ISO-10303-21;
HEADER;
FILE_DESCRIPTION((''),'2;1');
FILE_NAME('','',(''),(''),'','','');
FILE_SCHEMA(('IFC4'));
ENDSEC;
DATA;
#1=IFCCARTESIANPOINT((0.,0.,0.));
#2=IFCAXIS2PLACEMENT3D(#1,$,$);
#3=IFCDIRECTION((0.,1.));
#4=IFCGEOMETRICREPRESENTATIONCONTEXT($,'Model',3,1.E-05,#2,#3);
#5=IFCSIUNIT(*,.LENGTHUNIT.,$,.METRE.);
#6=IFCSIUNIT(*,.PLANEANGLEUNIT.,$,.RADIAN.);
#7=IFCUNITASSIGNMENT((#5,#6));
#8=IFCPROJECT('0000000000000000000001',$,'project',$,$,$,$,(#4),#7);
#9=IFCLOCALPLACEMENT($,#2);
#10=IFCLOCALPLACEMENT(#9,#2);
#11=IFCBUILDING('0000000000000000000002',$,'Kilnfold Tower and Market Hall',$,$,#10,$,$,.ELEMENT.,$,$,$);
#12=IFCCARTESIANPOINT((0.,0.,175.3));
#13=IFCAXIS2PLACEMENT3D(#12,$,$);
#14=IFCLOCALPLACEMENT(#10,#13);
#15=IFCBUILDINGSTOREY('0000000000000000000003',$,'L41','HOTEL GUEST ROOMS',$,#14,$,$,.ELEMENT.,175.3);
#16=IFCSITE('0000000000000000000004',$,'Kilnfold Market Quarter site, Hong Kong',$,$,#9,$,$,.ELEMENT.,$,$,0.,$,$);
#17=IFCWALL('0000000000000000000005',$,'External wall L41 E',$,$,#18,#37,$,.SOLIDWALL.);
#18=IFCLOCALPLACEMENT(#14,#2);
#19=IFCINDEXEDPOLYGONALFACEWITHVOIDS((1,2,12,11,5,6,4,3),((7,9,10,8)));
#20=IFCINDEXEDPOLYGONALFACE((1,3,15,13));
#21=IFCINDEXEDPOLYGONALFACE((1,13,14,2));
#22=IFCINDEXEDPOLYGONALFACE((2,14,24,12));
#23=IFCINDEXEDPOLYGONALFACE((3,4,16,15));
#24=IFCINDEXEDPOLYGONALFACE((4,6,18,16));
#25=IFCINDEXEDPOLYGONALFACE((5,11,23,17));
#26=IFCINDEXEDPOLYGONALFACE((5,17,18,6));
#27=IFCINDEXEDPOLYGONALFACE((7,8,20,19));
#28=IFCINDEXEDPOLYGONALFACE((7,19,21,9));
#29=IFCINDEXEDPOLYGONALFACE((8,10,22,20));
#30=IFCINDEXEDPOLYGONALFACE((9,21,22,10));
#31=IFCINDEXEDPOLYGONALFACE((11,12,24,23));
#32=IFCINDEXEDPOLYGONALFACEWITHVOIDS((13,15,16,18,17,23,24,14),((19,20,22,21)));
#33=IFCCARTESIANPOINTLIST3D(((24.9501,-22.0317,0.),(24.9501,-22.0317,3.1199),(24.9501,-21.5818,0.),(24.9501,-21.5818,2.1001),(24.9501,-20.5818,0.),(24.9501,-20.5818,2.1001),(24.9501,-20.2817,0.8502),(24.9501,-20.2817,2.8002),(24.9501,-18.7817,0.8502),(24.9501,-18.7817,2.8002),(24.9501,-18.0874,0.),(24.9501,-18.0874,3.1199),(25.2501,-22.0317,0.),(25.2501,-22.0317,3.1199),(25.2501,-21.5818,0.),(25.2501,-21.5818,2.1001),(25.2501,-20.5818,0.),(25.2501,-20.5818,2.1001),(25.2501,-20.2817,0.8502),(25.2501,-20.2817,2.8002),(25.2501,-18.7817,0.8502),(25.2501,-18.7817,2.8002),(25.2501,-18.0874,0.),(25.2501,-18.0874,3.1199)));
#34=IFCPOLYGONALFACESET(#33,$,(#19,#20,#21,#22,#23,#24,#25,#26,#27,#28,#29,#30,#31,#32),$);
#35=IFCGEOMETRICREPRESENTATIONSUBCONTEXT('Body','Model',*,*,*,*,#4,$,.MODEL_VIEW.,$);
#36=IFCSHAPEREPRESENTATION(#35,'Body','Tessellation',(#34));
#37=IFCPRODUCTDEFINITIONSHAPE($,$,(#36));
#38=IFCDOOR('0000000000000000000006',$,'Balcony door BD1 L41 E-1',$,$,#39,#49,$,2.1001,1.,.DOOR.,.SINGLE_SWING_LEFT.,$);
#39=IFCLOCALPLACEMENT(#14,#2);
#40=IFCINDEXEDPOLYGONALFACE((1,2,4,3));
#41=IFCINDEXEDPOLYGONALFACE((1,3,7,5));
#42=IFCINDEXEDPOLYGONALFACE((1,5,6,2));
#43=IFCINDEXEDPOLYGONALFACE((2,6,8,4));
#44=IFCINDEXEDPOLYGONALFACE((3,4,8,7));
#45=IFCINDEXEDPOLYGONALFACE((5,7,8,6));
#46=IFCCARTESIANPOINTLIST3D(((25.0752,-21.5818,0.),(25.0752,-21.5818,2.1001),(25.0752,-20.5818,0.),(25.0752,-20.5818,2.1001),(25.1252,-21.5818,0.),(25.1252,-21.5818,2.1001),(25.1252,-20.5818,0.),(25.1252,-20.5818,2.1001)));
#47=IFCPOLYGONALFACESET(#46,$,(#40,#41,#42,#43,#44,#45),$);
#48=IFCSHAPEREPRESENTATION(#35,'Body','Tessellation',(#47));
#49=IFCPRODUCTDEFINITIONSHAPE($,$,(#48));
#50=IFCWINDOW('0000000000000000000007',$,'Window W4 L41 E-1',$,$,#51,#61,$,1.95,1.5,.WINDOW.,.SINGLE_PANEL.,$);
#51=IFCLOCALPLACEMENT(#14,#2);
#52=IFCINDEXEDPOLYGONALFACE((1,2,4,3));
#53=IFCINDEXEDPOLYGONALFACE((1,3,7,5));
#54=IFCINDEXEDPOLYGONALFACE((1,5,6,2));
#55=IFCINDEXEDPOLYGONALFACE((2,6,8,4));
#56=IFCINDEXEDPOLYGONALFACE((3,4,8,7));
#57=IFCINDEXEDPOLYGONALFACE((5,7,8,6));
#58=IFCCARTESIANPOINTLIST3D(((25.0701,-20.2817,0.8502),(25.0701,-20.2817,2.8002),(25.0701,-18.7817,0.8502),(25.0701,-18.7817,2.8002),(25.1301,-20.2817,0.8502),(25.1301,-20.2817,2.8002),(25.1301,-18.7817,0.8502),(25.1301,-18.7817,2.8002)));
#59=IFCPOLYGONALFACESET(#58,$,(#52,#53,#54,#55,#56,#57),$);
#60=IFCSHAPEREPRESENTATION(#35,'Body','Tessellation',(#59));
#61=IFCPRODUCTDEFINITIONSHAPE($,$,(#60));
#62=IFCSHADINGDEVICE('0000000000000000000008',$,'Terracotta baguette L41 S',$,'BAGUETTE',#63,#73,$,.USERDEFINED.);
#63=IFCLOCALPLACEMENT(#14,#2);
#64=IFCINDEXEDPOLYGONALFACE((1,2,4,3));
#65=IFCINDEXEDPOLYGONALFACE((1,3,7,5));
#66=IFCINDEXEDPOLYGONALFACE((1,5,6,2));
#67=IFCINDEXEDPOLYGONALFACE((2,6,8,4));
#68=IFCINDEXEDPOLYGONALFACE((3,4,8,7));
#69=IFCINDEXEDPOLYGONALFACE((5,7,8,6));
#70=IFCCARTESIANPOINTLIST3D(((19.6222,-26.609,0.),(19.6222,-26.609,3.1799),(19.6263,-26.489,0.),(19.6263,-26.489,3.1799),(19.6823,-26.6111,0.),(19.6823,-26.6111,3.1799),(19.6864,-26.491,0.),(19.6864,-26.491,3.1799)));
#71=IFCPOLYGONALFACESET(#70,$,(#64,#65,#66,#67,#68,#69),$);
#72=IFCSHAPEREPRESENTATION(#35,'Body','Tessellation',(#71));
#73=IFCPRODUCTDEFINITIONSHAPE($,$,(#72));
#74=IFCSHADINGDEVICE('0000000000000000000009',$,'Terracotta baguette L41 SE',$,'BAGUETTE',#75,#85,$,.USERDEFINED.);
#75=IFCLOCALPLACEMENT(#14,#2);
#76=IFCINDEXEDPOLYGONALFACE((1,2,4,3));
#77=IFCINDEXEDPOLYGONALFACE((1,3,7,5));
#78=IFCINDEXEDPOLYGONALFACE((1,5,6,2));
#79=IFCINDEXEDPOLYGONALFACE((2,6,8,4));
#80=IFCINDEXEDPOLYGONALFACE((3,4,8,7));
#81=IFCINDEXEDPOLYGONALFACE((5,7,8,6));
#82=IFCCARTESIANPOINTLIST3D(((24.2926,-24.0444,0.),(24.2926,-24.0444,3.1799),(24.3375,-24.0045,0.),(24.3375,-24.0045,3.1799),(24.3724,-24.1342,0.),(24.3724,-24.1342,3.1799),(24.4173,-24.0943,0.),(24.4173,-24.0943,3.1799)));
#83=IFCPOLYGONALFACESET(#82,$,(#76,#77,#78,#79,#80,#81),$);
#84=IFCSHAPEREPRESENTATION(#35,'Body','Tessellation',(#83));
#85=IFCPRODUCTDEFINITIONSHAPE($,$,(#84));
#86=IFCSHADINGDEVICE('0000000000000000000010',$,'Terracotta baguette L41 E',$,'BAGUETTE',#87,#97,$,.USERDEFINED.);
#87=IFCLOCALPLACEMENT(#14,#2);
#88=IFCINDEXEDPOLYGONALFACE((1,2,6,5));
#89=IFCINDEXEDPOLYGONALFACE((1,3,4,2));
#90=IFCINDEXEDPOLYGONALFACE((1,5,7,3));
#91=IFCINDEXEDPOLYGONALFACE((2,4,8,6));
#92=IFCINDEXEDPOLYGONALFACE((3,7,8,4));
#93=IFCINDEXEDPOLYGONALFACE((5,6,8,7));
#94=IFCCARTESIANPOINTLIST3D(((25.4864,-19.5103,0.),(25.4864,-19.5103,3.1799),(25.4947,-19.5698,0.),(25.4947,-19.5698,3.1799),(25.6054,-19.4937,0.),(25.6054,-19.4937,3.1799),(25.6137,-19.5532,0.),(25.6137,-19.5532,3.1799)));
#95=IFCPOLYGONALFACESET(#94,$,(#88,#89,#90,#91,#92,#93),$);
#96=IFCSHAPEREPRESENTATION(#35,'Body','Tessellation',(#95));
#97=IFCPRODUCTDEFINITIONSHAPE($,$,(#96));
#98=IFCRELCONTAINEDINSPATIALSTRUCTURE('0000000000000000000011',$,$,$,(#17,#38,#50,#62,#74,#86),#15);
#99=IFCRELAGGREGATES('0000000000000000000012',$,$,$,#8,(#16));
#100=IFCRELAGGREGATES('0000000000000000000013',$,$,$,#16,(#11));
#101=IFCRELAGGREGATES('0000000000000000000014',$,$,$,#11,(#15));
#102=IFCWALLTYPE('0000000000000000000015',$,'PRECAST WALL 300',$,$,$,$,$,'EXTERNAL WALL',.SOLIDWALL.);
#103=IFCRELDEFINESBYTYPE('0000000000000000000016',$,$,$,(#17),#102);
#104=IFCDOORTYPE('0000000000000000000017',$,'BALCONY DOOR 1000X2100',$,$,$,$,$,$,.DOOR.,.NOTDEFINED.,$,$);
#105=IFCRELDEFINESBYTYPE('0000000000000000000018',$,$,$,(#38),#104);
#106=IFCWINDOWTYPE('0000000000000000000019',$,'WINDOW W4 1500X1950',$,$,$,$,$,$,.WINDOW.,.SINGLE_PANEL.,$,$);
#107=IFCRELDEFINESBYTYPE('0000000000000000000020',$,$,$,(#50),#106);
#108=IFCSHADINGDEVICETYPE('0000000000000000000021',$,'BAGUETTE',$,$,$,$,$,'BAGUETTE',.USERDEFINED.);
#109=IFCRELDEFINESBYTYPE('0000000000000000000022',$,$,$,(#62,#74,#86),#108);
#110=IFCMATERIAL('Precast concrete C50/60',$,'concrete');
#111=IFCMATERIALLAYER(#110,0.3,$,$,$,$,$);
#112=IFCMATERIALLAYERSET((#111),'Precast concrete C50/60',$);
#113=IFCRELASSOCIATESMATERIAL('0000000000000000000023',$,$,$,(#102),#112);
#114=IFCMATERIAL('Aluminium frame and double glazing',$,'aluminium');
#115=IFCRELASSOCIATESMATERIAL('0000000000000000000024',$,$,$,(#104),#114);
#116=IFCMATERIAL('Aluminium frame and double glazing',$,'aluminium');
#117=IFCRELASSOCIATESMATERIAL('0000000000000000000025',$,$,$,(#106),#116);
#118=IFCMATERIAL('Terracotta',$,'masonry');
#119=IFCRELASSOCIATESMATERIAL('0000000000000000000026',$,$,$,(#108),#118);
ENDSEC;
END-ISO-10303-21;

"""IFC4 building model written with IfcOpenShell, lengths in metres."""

from ifc_helpers import new_model, si_unit, direction, frame, frame_2d, origin, origin_2d, place, context, subcontext, project, spatial, rectangle, extrude, source, transform, mapped, material, layer, layer_set, material_profile, profile_set, type_object, element, fill, save


model = new_model("IFC4")

# Units and contexts
model_context = context("Model", 3, precision=1e-05, world=origin(), true_north=direction((0.0, 1.0)))
body_context = subcontext(model_context, "Body", "Model", "MODEL_VIEW")
ifc_project = project(units=[si_unit("LENGTHUNIT", "METRE"), si_unit("PLANEANGLEUNIT", "RADIAN")], contexts=[model_context])

# Site, building, storey
site_placement = place(None, origin())
site = spatial("IfcSite", under=ifc_project, at=site_placement, Name="Kilnfold Market Quarter site, Hong Kong", CompositionType="ELEMENT", RefElevation=0.0)
building_placement = place(site_placement, origin())
building = spatial("IfcBuilding", under=site, at=building_placement, Name="Kilnfold Tower and Market Hall", CompositionType="ELEMENT")
storey_placement = place(building_placement, frame((0.0, 0.0, 175.3)))
storey = spatial("IfcBuildingStorey", under=building, at=storey_placement, Name="L41", Description="HOTEL GUEST ROOMS", CompositionType="ELEMENT", Elevation=175.3)

# Wall, openings, door, window
ifc_material_1 = material(Name="Precast concrete C50/60", Category="concrete")
ifc_layer_1 = layer(ifc_material_1, 0.3)
ifc_layer_set_1 = layer_set([ifc_layer_1], Name="Precast concrete C50/60")
wall_type_1 = type_object("IfcWallType", Name="PRECAST WALL 300", ElementType="EXTERNAL WALL", PredefinedType="SOLIDWALL", material=ifc_layer_set_1)
ifc_material_2 = material(Name="Aluminium frame and double glazing", Category="aluminium")
door_type_1 = type_object("IfcDoorType", Name="BALCONY DOOR 1000X2100", OperationType="NOTDEFINED", PredefinedType="DOOR", material=ifc_material_2)
ifc_material_3 = material(Name="Aluminium frame and double glazing", Category="aluminium")
window_type = type_object("IfcWindowType", Name="WINDOW W4 1500X1950", PartitioningType="SINGLE_PANEL", PredefinedType="WINDOW", material=ifc_material_3)
shared_shape_1 = source(origin(), body_context, "Body", "SweptSolid", [
    extrude(rectangle(XDim=3.9443, YDim=0.3, at=frame_2d((1.9722, 0.0))), origin(), (0.0, 0.0, 1.0), 3.1199),
])
wall_1_placement = place(storey_placement, frame((25.1001, -22.0317, 0.0), z_axis=(0.0, 0.0, 1.0), x_axis=(0.0, 1.0, 0.0)))
wall_1 = element("IfcWall", 1, at=wall_1_placement, inside=storey, type_object=wall_type_1, Name="External wall L41 E", PredefinedType="SOLIDWALL", context=body_context, shape_type="MappedRepresentation", body=[
    mapped(shared_shape_1, transform((0.0, 0.0, 0.0))),
])
opening_1_placement = place(wall_1_placement, frame((1.75, 0.0, 0.8501)))
opening_1 = element("IfcOpeningElement", 2, at=opening_1_placement, cuts=wall_1, PredefinedType="OPENING", context=body_context, shape_type="SweptSolid", body=[
    extrude(rectangle(XDim=1.5, YDim=1.95, at=frame_2d((0.75, 0.9751))), frame((0.0, 0.1602, 0.0), z_axis=(0.0, -1.0, 0.0), x_axis=(1.0, 0.0, 0.0)), (0.0, 0.0, 1.0), 0.3201),
])
opening_2_placement = place(wall_1_placement, frame((0.45, 0.0, 0.0)))
opening_2 = element("IfcOpeningElement", 3, at=opening_2_placement, cuts=wall_1, PredefinedType="OPENING", context=body_context, shape_type="SweptSolid", body=[
    extrude(rectangle(XDim=1.0, YDim=2.1001, at=frame_2d((0.5, 1.05))), frame((0.0, 0.1602, 0.0), z_axis=(0.0, -1.0, 0.0), x_axis=(1.0, 0.0, 0.0)), (0.0, 0.0, 1.0), 0.3201),
])
door_1_placement = place(opening_2_placement, origin())
door_1 = element("IfcDoor", 4, at=door_1_placement, inside=storey, type_object=door_type_1, Name="Balcony door BD1 L41 E-1", OperationType="SINGLE_SWING_LEFT", OverallHeight=2.1001, OverallWidth=1.0, PredefinedType="DOOR", context=body_context, shape_type="SweptSolid", body=[
    extrude(rectangle(XDim=1.0, YDim=2.1001, at=frame_2d((0.5, 1.05))), frame((0.0, 0.0249, 0.0), z_axis=(0.0, -1.0, 0.0), x_axis=(1.0, 0.0, 0.0)), (0.0, 0.0, 1.0), 0.05),
])
fill(opening_2, door_1)
window_1_placement = place(opening_1_placement, origin())
window_1 = element("IfcWindow", 5, at=window_1_placement, inside=storey, type_object=window_type, Name="Window W4 L41 E-1", OverallHeight=1.95, OverallWidth=1.5, PartitioningType="SINGLE_PANEL", PredefinedType="WINDOW", context=body_context, shape_type="SweptSolid", body=[
    extrude(rectangle(XDim=1.5, YDim=1.95, at=frame_2d((0.75, 0.9751))), frame((0.0, 0.03, 0.0), z_axis=(0.0, -1.0, 0.0), x_axis=(1.0, 0.0, 0.0)), (0.0, 0.0, 1.0), 0.0601),
])
fill(opening_1, window_1)

# Shading devices
ifc_material_4 = material(Name="Terracotta", Category="masonry")
ifc_material_profile_1 = material_profile(ifc_material_4, rectangle(XDim=0.0601, YDim=0.1201, at=origin_2d()), Name="BAG 60x120")
ifc_profile_set_1 = profile_set([ifc_material_profile_1], Name="Terracotta")
shading_device_type = type_object("IfcShadingDeviceType", Name="BAGUETTE", ElementType="BAGUETTE", PredefinedType="USERDEFINED", material=ifc_profile_set_1)
shared_shape_2 = source(origin(), body_context, "Body", "SweptSolid", [
    extrude(rectangle(XDim=0.0601, YDim=0.1201, at=origin_2d()), origin(), (0.0, 0.0, 1.0), 3.1799),
])
for number, where, z_axis, x_axis, name in (
    (6, (19.6543, -26.55, 0.0), (0.0, 0.0, 1.0), (0.999418, -0.034118, 0.0), "Terracotta baguette L41 S"),
    (7, (24.355, -24.0693, 0.0), (0.0, 0.0, 1.0), (0.747497, 0.664265, 0.0), "Terracotta baguette L41 SE"),
    (8, (25.55, -19.5317, 0.0), (0.0, 0.0, 1.0), (-0.137802, 0.99046, 0.0), "Terracotta baguette L41 E"),
):
    element("IfcShadingDevice", number, at=place(storey_placement, frame(where, z_axis=z_axis, x_axis=x_axis)), inside=storey, type_object=shading_device_type, Name=name, ObjectType="BAGUETTE", PredefinedType="USERDEFINED", context=body_context, shape_type="MappedRepresentation", body=[
        mapped(shared_shape_2, transform((0.0, 0.0, 0.0))),
    ])

save(model, "model.ifc")
